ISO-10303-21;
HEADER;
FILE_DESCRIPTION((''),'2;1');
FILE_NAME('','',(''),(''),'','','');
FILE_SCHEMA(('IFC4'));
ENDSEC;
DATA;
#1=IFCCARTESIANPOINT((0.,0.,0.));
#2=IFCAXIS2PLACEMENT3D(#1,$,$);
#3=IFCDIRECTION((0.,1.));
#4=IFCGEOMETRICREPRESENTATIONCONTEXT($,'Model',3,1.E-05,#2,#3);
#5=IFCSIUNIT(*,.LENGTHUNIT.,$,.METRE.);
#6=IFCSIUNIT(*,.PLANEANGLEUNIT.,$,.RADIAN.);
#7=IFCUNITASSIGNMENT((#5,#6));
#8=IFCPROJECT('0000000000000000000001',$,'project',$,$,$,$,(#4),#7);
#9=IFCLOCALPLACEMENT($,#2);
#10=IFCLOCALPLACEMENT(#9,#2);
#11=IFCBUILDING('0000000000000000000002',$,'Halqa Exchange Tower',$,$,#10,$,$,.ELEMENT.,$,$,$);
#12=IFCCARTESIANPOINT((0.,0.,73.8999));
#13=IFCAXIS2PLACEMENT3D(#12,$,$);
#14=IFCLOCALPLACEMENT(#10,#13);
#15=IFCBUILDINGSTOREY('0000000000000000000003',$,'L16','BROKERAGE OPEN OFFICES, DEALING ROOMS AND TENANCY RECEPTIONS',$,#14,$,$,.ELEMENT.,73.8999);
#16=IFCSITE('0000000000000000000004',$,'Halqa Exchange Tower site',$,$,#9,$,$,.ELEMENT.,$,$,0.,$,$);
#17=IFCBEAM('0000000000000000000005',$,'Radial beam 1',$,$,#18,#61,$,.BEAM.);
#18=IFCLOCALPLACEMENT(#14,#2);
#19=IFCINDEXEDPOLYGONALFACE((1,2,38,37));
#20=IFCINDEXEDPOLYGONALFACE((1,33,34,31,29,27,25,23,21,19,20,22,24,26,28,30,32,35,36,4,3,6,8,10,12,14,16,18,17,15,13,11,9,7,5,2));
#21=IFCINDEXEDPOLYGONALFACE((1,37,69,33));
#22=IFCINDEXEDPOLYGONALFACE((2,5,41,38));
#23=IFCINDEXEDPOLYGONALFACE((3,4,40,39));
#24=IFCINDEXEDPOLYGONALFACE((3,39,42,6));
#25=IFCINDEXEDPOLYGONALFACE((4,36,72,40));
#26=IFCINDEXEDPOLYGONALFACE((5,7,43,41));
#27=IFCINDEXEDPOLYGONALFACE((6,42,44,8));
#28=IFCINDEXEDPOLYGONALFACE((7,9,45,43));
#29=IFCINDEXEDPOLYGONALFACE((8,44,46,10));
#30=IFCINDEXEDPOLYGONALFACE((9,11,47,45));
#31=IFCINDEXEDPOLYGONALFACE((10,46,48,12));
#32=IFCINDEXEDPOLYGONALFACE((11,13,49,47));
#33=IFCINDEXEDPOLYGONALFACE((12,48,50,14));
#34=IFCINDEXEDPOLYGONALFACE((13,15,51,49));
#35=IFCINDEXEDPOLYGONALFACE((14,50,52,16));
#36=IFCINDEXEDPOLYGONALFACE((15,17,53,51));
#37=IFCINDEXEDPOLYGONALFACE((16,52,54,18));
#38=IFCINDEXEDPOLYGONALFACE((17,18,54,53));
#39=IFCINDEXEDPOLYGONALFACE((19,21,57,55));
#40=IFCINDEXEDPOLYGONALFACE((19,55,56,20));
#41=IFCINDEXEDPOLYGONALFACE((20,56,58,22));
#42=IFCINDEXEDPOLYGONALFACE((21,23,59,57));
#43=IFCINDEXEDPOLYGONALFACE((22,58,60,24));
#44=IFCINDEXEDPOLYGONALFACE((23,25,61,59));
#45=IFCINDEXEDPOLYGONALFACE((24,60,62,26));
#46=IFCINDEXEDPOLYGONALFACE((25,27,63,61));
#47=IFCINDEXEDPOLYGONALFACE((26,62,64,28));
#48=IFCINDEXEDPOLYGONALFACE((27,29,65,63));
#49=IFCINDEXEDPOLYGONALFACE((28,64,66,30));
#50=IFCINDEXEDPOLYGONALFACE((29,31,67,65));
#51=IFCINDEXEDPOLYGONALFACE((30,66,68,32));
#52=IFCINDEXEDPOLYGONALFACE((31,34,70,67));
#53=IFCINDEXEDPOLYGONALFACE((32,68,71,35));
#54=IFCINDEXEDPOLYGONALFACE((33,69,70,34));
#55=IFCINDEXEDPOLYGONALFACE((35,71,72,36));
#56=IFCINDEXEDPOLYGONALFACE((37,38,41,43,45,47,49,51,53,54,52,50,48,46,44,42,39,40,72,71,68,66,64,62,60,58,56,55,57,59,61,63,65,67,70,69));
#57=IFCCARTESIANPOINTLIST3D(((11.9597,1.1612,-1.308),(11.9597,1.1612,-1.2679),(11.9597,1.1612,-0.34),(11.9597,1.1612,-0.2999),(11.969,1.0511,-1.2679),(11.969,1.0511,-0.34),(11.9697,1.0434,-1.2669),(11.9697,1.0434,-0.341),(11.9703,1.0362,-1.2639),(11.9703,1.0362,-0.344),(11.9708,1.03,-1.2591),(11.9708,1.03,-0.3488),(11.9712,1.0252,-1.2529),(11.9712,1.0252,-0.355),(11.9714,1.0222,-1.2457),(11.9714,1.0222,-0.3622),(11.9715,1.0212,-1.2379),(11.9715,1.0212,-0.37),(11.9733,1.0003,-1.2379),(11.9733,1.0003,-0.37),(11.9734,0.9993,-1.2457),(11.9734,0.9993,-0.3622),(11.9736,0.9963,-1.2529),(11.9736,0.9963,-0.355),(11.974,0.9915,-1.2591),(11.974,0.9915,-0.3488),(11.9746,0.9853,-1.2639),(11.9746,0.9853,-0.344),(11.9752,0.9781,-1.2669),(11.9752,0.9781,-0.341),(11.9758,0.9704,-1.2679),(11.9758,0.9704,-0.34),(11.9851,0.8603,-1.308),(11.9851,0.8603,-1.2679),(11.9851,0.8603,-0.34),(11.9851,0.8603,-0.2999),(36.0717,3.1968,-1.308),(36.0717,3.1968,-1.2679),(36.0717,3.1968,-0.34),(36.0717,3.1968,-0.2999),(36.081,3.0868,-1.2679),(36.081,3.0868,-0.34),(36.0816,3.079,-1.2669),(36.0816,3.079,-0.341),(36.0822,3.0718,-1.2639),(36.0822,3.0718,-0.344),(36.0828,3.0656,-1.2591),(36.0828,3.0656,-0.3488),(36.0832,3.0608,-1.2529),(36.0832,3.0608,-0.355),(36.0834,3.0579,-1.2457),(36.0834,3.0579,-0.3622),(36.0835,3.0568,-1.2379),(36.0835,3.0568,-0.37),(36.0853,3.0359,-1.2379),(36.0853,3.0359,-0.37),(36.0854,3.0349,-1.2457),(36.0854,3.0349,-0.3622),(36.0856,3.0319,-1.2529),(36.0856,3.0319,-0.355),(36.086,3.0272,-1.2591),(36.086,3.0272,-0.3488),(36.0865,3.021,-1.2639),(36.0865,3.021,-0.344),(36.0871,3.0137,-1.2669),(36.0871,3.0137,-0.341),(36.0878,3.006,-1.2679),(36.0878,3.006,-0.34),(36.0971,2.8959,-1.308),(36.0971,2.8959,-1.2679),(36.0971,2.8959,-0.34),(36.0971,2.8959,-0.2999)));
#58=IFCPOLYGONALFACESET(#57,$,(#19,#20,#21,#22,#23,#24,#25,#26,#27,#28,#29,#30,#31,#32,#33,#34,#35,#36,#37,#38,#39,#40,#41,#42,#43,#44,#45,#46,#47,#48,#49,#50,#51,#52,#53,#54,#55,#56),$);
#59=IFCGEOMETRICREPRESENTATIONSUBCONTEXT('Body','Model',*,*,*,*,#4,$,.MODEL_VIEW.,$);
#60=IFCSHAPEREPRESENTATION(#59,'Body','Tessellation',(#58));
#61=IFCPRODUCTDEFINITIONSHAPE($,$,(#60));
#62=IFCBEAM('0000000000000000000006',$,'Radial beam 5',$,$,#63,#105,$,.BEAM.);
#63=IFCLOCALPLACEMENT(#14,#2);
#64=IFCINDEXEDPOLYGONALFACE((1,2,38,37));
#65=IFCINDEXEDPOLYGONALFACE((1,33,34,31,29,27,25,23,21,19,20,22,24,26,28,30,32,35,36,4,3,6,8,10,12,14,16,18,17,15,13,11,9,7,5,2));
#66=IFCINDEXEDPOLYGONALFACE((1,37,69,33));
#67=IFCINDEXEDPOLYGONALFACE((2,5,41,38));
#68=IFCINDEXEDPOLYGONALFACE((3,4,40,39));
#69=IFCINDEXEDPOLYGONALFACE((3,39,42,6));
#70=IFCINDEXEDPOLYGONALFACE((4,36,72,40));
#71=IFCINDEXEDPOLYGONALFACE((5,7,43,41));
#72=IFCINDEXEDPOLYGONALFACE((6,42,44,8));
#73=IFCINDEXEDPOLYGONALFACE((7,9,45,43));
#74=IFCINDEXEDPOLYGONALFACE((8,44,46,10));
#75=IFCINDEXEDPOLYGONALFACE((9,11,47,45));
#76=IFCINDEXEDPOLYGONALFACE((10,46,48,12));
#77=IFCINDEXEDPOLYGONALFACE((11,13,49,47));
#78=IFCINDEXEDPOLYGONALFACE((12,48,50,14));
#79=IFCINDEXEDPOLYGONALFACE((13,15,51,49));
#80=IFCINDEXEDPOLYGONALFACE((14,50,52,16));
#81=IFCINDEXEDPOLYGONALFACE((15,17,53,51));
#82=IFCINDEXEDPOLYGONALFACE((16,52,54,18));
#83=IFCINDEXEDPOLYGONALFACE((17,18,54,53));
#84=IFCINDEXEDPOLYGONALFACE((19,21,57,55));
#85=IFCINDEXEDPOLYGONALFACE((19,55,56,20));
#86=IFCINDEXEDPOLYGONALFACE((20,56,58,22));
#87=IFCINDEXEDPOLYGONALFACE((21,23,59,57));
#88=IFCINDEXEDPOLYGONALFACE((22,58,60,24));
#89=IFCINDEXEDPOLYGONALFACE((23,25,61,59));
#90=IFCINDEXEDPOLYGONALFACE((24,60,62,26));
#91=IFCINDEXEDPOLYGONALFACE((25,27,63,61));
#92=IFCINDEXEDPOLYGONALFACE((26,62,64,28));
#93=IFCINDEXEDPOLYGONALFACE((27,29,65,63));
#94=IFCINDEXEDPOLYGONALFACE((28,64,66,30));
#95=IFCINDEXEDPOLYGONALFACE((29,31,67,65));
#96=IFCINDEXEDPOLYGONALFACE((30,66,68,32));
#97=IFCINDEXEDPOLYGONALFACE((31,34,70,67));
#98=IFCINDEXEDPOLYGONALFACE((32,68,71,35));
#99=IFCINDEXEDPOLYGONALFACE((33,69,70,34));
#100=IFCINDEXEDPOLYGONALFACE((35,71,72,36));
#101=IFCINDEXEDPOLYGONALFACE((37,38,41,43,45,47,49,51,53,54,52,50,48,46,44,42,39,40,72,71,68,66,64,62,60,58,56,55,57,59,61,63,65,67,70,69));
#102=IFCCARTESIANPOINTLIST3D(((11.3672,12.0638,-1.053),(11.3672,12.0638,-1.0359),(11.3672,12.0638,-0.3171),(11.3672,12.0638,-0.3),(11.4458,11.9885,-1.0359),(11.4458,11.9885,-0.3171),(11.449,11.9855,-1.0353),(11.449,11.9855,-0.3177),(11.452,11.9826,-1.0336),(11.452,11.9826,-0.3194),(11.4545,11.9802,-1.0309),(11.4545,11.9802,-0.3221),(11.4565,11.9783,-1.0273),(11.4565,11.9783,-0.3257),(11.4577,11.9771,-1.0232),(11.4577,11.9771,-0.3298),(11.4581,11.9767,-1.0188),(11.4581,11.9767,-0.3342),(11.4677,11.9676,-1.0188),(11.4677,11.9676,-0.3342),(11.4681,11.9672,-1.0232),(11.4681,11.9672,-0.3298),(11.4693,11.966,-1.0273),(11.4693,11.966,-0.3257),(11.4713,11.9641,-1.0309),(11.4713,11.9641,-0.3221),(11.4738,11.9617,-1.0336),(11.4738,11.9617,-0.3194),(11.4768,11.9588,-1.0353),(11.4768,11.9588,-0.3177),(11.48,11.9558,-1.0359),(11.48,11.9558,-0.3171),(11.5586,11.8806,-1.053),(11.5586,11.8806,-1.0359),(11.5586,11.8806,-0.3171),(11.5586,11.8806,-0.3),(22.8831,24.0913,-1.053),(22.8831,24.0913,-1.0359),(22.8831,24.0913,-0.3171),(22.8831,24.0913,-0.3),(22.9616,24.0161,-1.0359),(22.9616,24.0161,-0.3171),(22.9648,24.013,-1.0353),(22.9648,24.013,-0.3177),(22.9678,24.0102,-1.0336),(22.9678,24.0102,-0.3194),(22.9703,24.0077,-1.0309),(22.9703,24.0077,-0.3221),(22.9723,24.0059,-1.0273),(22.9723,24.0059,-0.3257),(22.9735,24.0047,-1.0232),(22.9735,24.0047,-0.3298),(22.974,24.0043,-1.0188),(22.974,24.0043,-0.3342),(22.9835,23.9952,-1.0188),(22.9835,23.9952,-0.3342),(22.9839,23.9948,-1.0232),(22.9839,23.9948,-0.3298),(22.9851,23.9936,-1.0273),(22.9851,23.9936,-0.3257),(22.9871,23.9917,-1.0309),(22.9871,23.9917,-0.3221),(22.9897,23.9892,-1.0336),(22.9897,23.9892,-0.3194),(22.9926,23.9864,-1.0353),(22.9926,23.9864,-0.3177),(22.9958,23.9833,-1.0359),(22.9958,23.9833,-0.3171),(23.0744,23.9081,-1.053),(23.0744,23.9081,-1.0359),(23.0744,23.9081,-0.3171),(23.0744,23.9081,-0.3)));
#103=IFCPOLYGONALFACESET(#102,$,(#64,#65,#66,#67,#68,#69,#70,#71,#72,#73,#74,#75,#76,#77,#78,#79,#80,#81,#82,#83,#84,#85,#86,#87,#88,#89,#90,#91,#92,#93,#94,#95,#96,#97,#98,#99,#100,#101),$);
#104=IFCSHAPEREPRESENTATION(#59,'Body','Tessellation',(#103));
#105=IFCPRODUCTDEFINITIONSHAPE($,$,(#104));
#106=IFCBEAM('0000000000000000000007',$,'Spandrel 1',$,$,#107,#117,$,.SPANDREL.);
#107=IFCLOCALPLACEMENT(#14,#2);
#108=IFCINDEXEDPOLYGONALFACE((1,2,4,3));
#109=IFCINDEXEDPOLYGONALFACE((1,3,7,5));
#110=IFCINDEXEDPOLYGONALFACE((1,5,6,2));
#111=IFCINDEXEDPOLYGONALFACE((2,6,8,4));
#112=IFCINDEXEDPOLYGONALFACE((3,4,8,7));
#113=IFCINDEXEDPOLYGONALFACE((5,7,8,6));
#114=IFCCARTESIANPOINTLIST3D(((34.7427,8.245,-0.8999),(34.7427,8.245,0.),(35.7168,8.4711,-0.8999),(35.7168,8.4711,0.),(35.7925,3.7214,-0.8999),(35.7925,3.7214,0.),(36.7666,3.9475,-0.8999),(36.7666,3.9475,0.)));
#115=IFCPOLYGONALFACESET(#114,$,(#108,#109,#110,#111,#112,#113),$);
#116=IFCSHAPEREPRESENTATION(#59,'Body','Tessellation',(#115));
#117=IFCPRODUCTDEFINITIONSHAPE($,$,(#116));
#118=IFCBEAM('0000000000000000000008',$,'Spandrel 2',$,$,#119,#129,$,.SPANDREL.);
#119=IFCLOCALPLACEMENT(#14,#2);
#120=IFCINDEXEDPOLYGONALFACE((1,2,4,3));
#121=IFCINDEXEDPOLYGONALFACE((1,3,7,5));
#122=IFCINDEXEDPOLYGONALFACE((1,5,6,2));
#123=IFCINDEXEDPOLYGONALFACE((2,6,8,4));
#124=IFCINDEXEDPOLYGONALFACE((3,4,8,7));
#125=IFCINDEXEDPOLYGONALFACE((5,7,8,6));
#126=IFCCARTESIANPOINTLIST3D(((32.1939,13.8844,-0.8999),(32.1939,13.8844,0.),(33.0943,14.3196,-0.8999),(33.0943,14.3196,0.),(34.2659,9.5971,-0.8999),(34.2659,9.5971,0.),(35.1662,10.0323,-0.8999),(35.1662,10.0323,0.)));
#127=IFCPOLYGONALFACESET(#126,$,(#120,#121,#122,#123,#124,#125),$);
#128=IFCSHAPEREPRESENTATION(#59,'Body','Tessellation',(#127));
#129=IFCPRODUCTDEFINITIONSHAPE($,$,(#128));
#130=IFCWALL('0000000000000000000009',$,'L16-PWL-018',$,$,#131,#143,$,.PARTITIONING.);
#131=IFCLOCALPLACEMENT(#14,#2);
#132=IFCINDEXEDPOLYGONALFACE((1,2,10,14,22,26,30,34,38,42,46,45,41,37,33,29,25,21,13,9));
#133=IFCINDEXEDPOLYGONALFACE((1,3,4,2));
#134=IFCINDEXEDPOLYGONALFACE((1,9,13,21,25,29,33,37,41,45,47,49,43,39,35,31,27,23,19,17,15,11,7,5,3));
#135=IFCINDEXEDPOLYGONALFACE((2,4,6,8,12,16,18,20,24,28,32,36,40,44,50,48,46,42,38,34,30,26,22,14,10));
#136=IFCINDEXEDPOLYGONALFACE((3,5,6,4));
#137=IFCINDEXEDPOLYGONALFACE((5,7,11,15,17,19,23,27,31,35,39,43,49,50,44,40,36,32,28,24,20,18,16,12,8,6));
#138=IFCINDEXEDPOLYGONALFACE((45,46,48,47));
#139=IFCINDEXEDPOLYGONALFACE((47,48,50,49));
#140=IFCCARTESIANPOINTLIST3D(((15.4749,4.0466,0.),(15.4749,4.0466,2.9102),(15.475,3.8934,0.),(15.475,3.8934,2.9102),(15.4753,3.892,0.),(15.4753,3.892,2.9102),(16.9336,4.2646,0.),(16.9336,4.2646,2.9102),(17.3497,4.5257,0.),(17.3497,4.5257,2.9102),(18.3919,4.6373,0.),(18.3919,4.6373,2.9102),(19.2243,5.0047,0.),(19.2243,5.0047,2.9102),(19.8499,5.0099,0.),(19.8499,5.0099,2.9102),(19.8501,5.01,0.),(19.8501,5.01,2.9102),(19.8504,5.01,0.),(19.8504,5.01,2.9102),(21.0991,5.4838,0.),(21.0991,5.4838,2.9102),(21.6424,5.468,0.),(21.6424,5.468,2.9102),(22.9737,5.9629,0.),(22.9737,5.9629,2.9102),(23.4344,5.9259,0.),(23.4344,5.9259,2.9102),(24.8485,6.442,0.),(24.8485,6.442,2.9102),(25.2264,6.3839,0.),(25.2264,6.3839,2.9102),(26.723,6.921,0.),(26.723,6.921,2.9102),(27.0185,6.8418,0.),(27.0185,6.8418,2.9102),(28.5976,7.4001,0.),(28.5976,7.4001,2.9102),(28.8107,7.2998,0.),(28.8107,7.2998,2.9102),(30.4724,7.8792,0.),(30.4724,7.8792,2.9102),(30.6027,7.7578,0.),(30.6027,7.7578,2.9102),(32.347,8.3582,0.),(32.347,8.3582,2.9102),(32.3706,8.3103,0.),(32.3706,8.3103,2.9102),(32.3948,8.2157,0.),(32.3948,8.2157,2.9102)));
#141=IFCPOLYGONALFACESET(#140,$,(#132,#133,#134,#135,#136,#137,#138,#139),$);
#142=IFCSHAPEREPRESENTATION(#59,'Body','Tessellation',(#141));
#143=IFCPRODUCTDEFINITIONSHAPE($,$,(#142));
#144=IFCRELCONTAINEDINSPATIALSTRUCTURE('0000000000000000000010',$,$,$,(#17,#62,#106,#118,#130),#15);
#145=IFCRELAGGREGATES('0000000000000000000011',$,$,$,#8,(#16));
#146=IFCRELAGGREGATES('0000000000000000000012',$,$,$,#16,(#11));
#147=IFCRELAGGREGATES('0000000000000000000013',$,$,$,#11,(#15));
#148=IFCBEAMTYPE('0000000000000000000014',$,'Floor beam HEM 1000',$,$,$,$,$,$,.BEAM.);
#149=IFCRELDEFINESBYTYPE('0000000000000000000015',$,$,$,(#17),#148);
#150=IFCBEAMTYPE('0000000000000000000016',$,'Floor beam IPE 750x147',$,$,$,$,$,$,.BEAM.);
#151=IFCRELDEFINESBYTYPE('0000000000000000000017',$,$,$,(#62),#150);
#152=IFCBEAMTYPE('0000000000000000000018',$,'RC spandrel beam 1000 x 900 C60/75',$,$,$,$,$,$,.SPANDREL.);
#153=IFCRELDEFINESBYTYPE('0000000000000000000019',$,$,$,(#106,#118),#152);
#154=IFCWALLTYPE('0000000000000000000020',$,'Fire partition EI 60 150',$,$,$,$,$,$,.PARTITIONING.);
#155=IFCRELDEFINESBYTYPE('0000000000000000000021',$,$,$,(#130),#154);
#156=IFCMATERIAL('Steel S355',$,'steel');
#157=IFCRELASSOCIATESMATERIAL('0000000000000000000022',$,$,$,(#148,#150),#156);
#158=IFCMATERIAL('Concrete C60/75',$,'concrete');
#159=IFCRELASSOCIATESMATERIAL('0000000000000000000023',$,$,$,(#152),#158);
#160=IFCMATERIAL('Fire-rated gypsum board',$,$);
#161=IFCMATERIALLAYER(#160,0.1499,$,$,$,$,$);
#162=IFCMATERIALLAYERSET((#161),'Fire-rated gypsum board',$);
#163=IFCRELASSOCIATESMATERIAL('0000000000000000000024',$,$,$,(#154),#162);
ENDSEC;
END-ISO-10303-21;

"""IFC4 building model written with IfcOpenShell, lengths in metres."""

from ifc_helpers import new_model, si_unit, direction, frame, origin, origin_2d, place, context, subcontext, project, spatial, polyline, rectangle, i_section, outline, extrude, material, layer, layer_set, material_profile, profile_set, type_object, element, save


model = new_model("IFC4")

# Units and contexts
model_context = context("Model", 3, precision=1e-05, world=origin(), true_north=direction((0.0, 1.0)))
body_context = subcontext(model_context, "Body", "Model", "MODEL_VIEW")
ifc_project = project(units=[si_unit("LENGTHUNIT", "METRE"), si_unit("PLANEANGLEUNIT", "RADIAN")], contexts=[model_context])

# Site, building, storey
site_placement = place(None, origin())
site = spatial("IfcSite", under=ifc_project, at=site_placement, Name="Halqa Exchange Tower site", CompositionType="ELEMENT", RefElevation=0.0)
building_placement = place(site_placement, origin())
building = spatial("IfcBuilding", under=site, at=building_placement, Name="Halqa Exchange Tower", CompositionType="ELEMENT")
storey_placement = place(building_placement, frame((0.0, 0.0, 73.8999)))
storey = spatial("IfcBuildingStorey", under=building, at=storey_placement, Name="L16", Description="BROKERAGE OPEN OFFICES, DEALING ROOMS AND TENANCY RECEPTIONS", CompositionType="ELEMENT", Elevation=73.8999)

# Beams
ifc_material_1 = material(Name="Steel S355", Category="steel")
ifc_material_profile_1 = material_profile(ifc_material_1, i_section(OverallWidth=0.302, OverallDepth=1.0081, WebThickness=0.021, FlangeThickness=0.04, FilletRadius=0.03, at=origin_2d()), Name="HEM 1000")
ifc_profile_set_1 = profile_set([ifc_material_profile_1], Name="Steel S355")
beam_type_1 = type_object("IfcBeamType", Name="Floor beam HEM 1000", PredefinedType="BEAM", material=ifc_profile_set_1)
beam_1_placement = place(storey_placement, frame((11.9724, 1.0107, -0.804), z_axis=(0.996455, 0.084125, 0.0), x_axis=(-0.084125, 0.996455, 0.0)))
element("IfcBeam", 1, at=beam_1_placement, inside=storey, type_object=beam_type_1, Name="Radial beam 1", PredefinedType="BEAM", context=body_context, shape_type="SweptSolid", body=[
    extrude(i_section(OverallWidth=0.302, OverallDepth=1.0081, WebThickness=0.021, FlangeThickness=0.04, FilletRadius=0.03, at=origin_2d()), origin(), (0.0, 0.0, 1.0), 24.1978),
])
ifc_material_profile_2 = material_profile(ifc_material_1, i_section(OverallWidth=0.2649, OverallDepth=0.7529, WebThickness=0.0132, FlangeThickness=0.0171, FilletRadius=0.0171, at=origin_2d()), Name="IPE 750x147")
ifc_profile_set_2 = profile_set([ifc_material_profile_2], Name="Steel S355")
beam_type_2 = type_object("IfcBeamType", Name="Floor beam IPE 750x147", PredefinedType="BEAM", material=ifc_profile_set_2)
beam_2_placement = place(storey_placement, frame((11.4629, 11.9722, -0.6765), z_axis=(0.691574, 0.722305, 0.0), x_axis=(-0.722305, 0.691574, 0.0)))
element("IfcBeam", 2, at=beam_2_placement, inside=storey, type_object=beam_type_2, Name="Radial beam 5", PredefinedType="BEAM", context=body_context, shape_type="SweptSolid", body=[
    extrude(i_section(OverallWidth=0.2649, OverallDepth=0.7529, WebThickness=0.0132, FlangeThickness=0.0171, FilletRadius=0.0171, at=origin_2d()), origin(), (0.0, 0.0, 1.0), 16.6516),
])
ifc_material_2 = material(Name="Concrete C60/75", Category="concrete")
ifc_material_profile_3 = material_profile(ifc_material_2, rectangle(XDim=1.0, YDim=0.8999, at=origin_2d()), Name="1000 x 900")
ifc_profile_set_3 = profile_set([ifc_material_profile_3], Name="Concrete C60/75")
beam_type_3 = type_object("IfcBeamType", Name="RC spandrel beam 1000 x 900 C60/75", PredefinedType="SPANDREL", material=ifc_profile_set_3)
beam_3_placement = place(storey_placement, frame((36.2795, 3.8345, -0.45), z_axis=(-0.226061, 0.974113, 0.0), x_axis=(-0.974113, -0.226061, 0.0)))
element("IfcBeam", 3, at=beam_3_placement, inside=storey, type_object=beam_type_3, Name="Spandrel 1", PredefinedType="SPANDREL", context=body_context, shape_type="SweptSolid", body=[
    extrude(rectangle(XDim=1.0, YDim=0.8999, at=origin_2d()), origin(), (0.0, 0.0, 1.0), 4.6438),
])
beam_4_placement = place(storey_placement, frame((34.7161, 9.8147, -0.45), z_axis=(-0.435135, 0.900365, 0.0), x_axis=(-0.900365, -0.435135, 0.0)))
element("IfcBeam", 4, at=beam_4_placement, inside=storey, type_object=beam_type_3, Name="Spandrel 2", PredefinedType="SPANDREL", context=body_context, shape_type="SweptSolid", body=[
    extrude(rectangle(XDim=1.0, YDim=0.8999, at=origin_2d()), origin(), (0.0, 0.0, 1.0), 4.7617),
])

# Wall
ifc_material_3 = material(Name="Fire-rated gypsum board")
ifc_layer_1 = layer(ifc_material_3, 0.1499)
ifc_layer_set_1 = layer_set([ifc_layer_1], Name="Fire-rated gypsum board")
wall_type_1 = type_object("IfcWallType", Name="Fire partition EI 60 150", PredefinedType="PARTITIONING", material=ifc_layer_set_1)
wall_1_placement = place(storey_placement, frame((15.4568, 3.9646, 0.0), z_axis=(0.0, 0.0, 1.0), x_axis=(0.968865, 0.247592, 0.0)))
element("IfcWall", 5, at=wall_1_placement, inside=storey, type_object=wall_type_1, Name="L16-PWL-018", PredefinedType="PARTITIONING", context=body_context, shape_type="SweptSolid", body=[
    extrude(outline(polyline([(0.0, -0.075), (1.5051, -0.075), (3.0103, -0.075), (4.5151, -0.075), (4.5154, -0.075), (4.5156, -0.075), (6.3652, -0.075), (8.2148, -0.075), (10.0645, -0.075), (11.9141, -0.075), (13.7639, -0.075), (15.6135, -0.075), (17.4631, -0.075), (17.4631, 0.0227), (17.4521, 0.075), (15.5173, 0.075), (13.5823, 0.075), (11.6475, 0.075), (9.7126, 0.075), (7.7776, 0.075), (5.8428, 0.075), (3.9077, 0.075), (1.9729, 0.075), (0.0378, 0.075), (0.0, -0.0735), (0.0, -0.075)])), origin(), (0.0, 0.0, 1.0), 2.9102),
])

save(model, "model.ifc")
